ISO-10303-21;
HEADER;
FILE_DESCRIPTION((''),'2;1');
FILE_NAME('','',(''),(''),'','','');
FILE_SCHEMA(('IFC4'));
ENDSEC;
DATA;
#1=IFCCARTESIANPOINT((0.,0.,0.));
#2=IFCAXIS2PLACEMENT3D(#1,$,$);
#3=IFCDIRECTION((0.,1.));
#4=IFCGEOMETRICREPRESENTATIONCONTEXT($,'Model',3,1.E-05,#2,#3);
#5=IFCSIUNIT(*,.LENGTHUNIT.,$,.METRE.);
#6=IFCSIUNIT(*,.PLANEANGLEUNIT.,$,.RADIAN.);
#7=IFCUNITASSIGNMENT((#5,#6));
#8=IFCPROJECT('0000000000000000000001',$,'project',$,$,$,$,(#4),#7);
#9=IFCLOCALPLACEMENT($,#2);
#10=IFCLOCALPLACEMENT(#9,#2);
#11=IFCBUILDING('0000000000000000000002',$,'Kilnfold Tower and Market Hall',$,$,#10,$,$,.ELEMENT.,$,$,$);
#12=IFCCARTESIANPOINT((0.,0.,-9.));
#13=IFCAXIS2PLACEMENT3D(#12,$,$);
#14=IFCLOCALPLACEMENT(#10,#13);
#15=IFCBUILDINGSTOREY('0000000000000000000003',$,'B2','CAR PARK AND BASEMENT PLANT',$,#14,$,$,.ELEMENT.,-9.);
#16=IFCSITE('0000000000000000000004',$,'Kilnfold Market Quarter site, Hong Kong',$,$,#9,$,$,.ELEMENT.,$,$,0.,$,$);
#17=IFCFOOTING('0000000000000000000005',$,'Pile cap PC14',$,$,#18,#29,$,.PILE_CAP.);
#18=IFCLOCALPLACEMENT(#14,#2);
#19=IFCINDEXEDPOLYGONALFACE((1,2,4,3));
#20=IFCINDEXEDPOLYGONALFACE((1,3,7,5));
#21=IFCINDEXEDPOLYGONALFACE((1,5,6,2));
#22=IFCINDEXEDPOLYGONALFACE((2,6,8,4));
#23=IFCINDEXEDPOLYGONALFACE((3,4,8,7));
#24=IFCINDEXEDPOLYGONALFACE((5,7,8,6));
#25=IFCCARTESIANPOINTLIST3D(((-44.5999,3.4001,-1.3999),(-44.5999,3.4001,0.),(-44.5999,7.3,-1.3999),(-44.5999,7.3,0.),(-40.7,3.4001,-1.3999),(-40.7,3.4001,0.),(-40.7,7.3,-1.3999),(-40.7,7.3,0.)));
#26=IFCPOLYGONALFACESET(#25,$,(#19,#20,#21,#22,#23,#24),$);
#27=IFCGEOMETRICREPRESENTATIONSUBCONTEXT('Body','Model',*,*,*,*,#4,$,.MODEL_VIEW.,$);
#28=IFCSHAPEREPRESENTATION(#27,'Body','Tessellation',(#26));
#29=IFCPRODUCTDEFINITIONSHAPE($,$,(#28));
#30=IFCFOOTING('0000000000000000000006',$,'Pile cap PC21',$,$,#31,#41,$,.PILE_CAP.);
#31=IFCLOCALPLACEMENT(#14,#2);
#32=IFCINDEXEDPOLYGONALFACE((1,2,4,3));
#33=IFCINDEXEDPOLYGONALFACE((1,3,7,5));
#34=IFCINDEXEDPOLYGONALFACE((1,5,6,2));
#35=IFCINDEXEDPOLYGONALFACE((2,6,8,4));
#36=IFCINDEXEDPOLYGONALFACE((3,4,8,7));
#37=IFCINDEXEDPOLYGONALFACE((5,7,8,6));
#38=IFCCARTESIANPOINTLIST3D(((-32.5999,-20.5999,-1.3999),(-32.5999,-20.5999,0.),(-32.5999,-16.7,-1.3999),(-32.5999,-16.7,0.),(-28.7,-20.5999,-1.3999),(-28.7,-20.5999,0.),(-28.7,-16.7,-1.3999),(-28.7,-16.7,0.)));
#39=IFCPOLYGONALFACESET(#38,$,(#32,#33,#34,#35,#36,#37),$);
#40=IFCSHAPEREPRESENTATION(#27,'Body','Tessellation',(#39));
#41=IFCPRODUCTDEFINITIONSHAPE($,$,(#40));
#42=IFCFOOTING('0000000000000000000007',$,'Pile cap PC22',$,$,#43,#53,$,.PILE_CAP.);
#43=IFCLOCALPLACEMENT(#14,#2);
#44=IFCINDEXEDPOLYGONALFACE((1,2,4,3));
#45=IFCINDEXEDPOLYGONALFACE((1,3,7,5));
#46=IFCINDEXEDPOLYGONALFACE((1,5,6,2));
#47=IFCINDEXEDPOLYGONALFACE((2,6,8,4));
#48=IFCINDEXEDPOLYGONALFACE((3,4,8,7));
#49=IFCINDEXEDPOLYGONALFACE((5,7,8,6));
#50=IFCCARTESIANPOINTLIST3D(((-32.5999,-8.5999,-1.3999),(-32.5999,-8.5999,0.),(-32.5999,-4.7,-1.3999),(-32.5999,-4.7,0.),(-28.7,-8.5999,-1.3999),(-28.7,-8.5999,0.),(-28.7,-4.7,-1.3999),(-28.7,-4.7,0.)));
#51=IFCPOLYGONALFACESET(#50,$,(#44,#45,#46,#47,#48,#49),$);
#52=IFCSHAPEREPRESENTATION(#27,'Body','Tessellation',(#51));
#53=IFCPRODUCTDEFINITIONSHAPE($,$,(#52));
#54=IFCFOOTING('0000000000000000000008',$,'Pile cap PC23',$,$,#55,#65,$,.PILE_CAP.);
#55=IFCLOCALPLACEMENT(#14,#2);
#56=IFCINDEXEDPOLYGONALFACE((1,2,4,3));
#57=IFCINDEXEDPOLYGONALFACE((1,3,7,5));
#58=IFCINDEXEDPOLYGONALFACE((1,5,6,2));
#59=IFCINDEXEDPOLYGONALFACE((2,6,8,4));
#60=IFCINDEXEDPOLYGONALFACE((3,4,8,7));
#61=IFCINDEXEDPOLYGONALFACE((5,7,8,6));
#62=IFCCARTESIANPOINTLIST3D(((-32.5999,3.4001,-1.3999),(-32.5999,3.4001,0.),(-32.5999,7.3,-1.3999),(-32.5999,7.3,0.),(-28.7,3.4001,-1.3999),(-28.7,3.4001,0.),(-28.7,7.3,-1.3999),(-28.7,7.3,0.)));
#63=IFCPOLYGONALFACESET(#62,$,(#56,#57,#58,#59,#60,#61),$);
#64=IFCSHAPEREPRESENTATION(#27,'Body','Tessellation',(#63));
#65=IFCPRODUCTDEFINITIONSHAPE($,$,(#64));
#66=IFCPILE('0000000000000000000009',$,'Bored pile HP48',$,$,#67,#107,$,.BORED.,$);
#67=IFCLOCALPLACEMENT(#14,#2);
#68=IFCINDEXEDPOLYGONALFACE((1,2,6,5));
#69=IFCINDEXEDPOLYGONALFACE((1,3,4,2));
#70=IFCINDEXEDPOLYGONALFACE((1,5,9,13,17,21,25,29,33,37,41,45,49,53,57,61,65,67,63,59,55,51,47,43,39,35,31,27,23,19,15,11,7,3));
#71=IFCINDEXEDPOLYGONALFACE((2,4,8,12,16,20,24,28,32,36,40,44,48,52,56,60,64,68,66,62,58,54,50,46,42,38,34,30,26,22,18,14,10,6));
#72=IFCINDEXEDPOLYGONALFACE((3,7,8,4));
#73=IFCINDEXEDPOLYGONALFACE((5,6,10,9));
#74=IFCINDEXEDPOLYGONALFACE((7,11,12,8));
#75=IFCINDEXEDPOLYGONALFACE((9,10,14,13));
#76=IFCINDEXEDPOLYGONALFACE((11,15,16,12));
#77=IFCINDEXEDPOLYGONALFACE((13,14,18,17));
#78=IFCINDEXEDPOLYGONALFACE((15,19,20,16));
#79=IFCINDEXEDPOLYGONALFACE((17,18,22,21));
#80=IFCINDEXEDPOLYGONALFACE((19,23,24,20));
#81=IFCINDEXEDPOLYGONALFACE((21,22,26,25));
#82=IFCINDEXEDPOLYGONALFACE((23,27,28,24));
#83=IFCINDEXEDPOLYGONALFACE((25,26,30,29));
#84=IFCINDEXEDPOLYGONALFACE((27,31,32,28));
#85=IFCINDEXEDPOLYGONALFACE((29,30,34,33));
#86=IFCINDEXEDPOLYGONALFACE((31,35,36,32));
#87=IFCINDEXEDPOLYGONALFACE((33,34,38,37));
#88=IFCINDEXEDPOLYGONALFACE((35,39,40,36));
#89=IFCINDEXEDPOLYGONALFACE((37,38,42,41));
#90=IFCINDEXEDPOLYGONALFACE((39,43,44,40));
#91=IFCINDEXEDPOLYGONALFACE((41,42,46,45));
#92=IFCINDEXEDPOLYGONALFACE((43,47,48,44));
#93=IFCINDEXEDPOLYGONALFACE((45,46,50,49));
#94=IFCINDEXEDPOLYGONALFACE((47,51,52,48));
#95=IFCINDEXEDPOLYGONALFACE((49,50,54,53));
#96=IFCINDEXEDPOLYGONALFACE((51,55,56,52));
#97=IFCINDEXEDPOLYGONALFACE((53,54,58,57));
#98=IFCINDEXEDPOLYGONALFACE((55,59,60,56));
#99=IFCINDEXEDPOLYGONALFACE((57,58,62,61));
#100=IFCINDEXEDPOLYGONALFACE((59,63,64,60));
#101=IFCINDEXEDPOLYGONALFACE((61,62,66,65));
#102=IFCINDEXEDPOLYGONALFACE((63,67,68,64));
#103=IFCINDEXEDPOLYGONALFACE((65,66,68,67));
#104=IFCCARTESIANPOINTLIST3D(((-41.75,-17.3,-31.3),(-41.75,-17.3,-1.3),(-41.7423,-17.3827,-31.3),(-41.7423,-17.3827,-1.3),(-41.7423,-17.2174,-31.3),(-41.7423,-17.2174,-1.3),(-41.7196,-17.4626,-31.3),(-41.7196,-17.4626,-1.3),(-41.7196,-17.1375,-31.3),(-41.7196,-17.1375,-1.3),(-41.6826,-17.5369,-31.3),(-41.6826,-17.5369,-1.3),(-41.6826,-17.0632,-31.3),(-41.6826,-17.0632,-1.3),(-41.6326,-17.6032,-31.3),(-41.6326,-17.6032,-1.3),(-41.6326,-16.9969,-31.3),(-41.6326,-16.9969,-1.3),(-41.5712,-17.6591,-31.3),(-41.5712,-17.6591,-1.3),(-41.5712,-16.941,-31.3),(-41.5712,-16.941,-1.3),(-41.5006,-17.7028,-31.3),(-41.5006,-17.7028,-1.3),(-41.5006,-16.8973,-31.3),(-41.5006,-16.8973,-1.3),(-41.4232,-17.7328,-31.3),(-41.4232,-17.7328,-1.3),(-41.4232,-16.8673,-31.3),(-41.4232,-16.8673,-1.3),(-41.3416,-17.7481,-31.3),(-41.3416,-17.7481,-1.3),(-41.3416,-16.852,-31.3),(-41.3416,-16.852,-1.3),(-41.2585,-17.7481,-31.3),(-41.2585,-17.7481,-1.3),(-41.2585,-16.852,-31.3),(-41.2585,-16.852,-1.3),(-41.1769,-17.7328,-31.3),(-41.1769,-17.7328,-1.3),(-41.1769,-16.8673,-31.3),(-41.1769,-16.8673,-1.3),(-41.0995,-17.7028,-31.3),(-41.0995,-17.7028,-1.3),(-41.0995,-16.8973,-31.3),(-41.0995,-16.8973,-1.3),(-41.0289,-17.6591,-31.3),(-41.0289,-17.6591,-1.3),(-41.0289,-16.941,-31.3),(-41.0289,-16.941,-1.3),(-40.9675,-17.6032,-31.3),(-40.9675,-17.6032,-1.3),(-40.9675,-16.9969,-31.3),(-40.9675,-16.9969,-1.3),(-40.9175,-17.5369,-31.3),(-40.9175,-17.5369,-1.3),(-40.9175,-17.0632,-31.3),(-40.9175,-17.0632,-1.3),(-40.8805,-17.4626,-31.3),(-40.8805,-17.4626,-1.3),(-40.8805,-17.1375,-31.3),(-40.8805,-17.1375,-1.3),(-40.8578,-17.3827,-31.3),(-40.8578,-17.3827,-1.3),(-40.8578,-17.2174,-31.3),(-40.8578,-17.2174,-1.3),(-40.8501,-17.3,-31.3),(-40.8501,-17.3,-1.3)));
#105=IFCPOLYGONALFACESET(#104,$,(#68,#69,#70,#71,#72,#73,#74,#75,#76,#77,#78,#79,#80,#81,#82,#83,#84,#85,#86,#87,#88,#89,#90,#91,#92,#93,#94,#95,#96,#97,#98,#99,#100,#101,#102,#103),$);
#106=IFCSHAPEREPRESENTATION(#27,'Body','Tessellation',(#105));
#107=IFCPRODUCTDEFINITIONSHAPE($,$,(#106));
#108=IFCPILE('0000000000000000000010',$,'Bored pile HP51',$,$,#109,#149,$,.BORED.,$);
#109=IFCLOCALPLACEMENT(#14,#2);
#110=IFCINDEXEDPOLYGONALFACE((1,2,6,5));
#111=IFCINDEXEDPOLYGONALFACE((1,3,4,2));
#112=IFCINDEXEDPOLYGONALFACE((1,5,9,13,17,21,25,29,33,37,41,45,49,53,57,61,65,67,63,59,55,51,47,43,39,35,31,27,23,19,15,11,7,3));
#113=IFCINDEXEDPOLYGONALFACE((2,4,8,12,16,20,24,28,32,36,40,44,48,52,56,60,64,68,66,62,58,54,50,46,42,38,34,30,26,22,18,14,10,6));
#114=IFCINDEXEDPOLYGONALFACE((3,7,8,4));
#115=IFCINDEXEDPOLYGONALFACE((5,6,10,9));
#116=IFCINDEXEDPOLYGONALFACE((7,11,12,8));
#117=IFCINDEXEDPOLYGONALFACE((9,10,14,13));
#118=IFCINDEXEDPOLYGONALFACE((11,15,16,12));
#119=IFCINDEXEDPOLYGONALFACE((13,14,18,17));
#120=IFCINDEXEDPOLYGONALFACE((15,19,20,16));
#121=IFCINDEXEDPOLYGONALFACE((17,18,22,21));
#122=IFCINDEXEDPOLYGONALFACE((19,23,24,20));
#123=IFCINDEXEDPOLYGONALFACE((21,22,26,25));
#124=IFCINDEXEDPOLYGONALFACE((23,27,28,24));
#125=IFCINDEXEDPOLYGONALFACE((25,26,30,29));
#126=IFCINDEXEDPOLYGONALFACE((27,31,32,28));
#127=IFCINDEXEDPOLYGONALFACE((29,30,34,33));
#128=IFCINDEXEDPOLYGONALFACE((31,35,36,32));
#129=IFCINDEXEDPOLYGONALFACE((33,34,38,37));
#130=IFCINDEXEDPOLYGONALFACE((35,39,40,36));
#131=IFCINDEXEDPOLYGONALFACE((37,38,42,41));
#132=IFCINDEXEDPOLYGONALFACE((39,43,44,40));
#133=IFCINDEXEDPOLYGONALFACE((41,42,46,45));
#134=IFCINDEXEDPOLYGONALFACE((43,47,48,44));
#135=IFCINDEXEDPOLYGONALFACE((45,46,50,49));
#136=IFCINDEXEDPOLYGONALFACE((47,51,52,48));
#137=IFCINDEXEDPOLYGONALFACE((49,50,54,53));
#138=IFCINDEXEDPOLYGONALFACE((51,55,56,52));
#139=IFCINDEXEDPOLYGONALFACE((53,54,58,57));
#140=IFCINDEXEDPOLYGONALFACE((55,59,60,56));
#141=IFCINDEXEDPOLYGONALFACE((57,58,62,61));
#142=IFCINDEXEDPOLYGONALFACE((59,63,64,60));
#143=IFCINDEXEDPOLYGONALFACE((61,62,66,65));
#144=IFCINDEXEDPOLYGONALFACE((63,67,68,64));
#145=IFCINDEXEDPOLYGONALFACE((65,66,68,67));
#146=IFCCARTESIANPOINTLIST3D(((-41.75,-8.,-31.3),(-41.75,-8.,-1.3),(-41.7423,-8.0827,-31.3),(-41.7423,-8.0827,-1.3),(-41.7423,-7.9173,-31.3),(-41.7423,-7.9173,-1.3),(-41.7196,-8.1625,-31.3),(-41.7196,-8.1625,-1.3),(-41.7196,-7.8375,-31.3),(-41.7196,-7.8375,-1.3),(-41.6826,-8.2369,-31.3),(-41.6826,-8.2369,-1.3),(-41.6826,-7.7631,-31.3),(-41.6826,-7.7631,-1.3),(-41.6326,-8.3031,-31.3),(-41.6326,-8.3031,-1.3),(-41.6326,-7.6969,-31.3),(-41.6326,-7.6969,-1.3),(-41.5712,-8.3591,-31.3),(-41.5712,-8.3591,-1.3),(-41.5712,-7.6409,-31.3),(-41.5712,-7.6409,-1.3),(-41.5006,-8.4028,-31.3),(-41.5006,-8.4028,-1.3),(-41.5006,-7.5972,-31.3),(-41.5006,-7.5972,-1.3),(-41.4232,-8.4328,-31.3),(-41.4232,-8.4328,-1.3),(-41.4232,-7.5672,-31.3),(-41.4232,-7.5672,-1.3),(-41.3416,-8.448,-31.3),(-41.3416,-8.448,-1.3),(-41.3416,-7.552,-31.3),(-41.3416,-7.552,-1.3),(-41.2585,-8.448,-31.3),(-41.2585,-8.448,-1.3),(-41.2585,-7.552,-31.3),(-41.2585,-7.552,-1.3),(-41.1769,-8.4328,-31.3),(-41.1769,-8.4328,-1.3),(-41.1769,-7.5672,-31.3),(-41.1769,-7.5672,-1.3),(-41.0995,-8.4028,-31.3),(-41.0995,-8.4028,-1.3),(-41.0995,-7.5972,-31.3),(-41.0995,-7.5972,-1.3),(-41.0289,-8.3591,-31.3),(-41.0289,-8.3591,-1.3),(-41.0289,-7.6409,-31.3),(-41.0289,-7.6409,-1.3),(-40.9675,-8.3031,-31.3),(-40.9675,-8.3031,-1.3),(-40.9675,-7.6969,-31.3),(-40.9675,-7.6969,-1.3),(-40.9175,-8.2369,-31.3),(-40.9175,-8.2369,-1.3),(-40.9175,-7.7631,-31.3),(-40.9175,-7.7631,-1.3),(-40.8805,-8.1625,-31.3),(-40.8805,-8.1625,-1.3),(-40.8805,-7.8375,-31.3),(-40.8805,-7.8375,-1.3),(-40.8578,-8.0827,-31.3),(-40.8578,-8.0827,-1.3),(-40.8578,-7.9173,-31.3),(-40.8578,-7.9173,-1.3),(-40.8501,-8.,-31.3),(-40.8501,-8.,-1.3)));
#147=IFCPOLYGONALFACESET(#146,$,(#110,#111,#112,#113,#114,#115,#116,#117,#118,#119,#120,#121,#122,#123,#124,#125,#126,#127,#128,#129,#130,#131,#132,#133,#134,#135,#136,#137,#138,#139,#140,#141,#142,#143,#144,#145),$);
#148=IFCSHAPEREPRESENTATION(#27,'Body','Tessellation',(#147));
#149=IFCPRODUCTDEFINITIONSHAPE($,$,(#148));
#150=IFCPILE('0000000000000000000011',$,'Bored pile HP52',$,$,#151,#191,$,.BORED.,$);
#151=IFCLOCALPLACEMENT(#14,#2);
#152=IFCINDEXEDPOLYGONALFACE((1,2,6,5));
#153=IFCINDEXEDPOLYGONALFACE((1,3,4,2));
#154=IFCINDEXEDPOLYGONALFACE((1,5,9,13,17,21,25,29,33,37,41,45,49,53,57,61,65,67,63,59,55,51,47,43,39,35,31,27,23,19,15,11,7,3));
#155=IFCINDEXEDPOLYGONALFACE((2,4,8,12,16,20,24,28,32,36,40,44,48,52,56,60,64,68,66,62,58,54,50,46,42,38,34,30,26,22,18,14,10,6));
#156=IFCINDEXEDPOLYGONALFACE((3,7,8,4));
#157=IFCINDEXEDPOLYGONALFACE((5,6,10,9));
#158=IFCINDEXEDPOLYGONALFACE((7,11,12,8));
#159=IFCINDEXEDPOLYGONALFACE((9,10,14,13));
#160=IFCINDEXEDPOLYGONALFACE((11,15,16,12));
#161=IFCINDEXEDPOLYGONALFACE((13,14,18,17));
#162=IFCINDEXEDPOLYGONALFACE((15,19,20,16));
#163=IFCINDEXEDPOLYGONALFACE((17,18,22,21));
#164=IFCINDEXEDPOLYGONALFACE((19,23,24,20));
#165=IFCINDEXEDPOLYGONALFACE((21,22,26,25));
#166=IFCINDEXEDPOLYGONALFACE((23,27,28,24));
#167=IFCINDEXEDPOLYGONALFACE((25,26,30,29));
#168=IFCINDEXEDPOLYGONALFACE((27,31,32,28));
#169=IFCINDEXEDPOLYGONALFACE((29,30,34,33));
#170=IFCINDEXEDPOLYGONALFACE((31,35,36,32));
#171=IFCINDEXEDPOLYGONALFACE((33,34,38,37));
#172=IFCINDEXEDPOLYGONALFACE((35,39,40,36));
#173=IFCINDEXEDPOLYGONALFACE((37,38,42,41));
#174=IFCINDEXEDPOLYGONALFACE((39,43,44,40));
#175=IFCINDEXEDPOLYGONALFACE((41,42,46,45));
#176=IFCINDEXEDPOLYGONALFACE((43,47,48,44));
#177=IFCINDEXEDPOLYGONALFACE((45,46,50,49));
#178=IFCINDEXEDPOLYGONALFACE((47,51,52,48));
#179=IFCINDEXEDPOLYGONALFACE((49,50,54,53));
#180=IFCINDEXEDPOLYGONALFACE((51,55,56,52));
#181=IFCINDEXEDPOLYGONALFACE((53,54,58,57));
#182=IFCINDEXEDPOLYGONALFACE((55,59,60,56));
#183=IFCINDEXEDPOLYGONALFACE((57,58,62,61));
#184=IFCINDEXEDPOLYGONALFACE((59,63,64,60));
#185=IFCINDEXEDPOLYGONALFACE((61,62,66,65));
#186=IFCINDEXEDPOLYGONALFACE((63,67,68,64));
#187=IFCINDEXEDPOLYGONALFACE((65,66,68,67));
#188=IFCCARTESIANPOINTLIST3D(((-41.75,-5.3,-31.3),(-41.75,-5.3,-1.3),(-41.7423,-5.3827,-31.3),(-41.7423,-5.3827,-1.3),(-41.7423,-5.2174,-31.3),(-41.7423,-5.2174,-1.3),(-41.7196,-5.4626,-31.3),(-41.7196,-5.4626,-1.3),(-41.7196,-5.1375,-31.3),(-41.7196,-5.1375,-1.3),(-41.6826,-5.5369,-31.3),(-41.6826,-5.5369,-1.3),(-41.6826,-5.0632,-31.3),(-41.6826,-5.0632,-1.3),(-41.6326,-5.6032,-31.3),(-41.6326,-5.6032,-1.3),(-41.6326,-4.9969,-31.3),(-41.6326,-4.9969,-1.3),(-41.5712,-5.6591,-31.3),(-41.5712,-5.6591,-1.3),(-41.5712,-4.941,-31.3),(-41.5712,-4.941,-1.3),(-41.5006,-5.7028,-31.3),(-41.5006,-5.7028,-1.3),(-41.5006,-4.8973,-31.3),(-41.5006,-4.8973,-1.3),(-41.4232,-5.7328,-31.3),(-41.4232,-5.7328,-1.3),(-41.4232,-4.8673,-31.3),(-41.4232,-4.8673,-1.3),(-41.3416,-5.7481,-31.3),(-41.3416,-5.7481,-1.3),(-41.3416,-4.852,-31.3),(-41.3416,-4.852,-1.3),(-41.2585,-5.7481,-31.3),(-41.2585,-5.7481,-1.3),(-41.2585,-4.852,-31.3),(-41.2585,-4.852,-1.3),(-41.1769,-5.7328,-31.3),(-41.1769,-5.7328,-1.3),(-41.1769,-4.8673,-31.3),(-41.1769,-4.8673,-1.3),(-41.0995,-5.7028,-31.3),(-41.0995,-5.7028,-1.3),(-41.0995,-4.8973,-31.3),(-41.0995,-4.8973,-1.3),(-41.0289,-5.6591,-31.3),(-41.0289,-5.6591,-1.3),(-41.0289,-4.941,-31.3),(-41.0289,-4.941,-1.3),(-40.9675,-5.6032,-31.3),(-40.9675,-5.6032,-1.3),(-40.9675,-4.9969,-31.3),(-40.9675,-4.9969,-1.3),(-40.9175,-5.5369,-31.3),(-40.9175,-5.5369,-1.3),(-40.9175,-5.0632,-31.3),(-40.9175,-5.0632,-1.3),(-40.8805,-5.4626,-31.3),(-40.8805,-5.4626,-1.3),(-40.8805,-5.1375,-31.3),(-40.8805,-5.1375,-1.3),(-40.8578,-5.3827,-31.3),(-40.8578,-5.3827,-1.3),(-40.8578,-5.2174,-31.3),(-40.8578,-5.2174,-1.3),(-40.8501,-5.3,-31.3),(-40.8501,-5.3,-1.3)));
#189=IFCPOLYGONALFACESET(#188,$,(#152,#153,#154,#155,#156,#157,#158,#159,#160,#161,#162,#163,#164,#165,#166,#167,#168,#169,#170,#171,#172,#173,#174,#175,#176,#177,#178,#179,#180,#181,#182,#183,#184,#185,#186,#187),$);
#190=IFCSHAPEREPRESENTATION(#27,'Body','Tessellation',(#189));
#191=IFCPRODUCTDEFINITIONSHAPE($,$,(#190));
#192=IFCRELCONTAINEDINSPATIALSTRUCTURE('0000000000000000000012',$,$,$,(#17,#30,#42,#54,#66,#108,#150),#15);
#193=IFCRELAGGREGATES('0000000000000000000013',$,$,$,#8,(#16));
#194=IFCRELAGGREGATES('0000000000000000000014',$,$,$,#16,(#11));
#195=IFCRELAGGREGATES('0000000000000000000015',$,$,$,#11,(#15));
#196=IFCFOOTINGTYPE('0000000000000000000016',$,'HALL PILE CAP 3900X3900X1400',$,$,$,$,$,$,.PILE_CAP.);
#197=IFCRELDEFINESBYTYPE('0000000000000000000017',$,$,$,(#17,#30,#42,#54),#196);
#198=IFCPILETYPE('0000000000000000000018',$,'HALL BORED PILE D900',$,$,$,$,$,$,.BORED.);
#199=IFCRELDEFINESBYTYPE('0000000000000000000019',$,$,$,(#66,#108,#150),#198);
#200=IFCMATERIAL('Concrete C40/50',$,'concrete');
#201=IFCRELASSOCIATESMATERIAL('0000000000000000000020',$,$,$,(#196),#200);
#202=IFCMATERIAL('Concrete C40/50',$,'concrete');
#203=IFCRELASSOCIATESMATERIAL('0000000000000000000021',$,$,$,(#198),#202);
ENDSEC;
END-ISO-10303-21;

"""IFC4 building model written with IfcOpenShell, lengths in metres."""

from ifc_helpers import new_model, si_unit, direction, frame, origin, origin_2d, place, context, subcontext, project, spatial, rectangle, circle, extrude, source, transform, mapped, material, material_profile, profile_set, type_object, element, save


model = new_model("IFC4")

# Units and contexts
model_context = context("Model", 3, precision=1e-05, world=origin(), true_north=direction((0.0, 1.0)))
body_context = subcontext(model_context, "Body", "Model", "MODEL_VIEW")
ifc_project = project(units=[si_unit("LENGTHUNIT", "METRE"), si_unit("PLANEANGLEUNIT", "RADIAN")], contexts=[model_context])

# Site, building, storey
site_placement = place(None, origin())
site = spatial("IfcSite", under=ifc_project, at=site_placement, Name="Kilnfold Market Quarter site, Hong Kong", CompositionType="ELEMENT", RefElevation=0.0)
building_placement = place(site_placement, origin())
building = spatial("IfcBuilding", under=site, at=building_placement, Name="Kilnfold Tower and Market Hall", CompositionType="ELEMENT")
storey_placement = place(building_placement, frame((0.0, 0.0, -9.0)))
storey = spatial("IfcBuildingStorey", under=building, at=storey_placement, Name="B2", Description="CAR PARK AND BASEMENT PLANT", CompositionType="ELEMENT", Elevation=-9.0)

# Footings
ifc_material_1 = material(Name="Concrete C40/50", Category="concrete")
footing_type = type_object("IfcFootingType", Name="HALL PILE CAP 3900X3900X1400", PredefinedType="PILE_CAP", material=ifc_material_1)
shared_shape_1 = source(origin(), body_context, "Body", "SweptSolid", [
    extrude(rectangle(XDim=3.8999, YDim=3.8999, at=origin_2d()), origin(), (0.0, 0.0, 1.0), 1.3999),
])
for number, where, z_axis, x_axis, name in (
    (1, (-42.6499, 5.3501, -1.3999), (0.0, 0.0, 1.0), (1.0, 0.0, 0.0), "Pile cap PC14"),
    (2, (-30.6499, -18.6499, -1.3999), (0.0, 0.0, 1.0), (1.0, 0.0, 0.0), "Pile cap PC21"),
    (3, (-30.6499, -6.6499, -1.3999), (0.0, 0.0, 1.0), (1.0, 0.0, 0.0), "Pile cap PC22"),
    (4, (-30.6499, 5.3501, -1.3999), (0.0, 0.0, 1.0), (1.0, 0.0, 0.0), "Pile cap PC23"),
):
    element("IfcFooting", number, at=place(storey_placement, frame(where, z_axis=z_axis, x_axis=x_axis)), inside=storey, type_object=footing_type, Name=name, PredefinedType="PILE_CAP", context=body_context, shape_type="MappedRepresentation", body=[
        mapped(shared_shape_1, transform((0.0, 0.0, 0.0))),
    ])

# Piles
ifc_material_2 = material(Name="Concrete C40/50", Category="concrete")
ifc_material_profile_1 = material_profile(ifc_material_2, circle(Radius=0.45, at=origin_2d()), Name="D900")
ifc_profile_set_1 = profile_set([ifc_material_profile_1], Name="Concrete C40/50")
pile_type = type_object("IfcPileType", Name="HALL BORED PILE D900", PredefinedType="BORED", material=ifc_profile_set_1)
shared_shape_2 = source(origin(), body_context, "Body", "SweptSolid", [
    extrude(circle(Radius=0.45, at=origin_2d()), origin(), (0.0, 0.0, 1.0), 30.0),
])
for number, where, z_axis, x_axis, name in (
    (5, (-41.3, -17.3, -1.3), (0.0, 0.0, -1.0), (1.0, 0.0, 0.0), "Bored pile HP48"),
    (6, (-41.3, -8.0, -1.3), (0.0, 0.0, -1.0), (1.0, 0.0, 0.0), "Bored pile HP51"),
    (7, (-41.3, -5.3, -1.3), (0.0, 0.0, -1.0), (1.0, 0.0, 0.0), "Bored pile HP52"),
):
    element("IfcPile", number, at=place(storey_placement, frame(where, z_axis=z_axis, x_axis=x_axis)), inside=storey, type_object=pile_type, Name=name, PredefinedType="BORED", context=body_context, shape_type="MappedRepresentation", body=[
        mapped(shared_shape_2, transform((0.0, 0.0, 0.0))),
    ])

save(model, "model.ifc")
